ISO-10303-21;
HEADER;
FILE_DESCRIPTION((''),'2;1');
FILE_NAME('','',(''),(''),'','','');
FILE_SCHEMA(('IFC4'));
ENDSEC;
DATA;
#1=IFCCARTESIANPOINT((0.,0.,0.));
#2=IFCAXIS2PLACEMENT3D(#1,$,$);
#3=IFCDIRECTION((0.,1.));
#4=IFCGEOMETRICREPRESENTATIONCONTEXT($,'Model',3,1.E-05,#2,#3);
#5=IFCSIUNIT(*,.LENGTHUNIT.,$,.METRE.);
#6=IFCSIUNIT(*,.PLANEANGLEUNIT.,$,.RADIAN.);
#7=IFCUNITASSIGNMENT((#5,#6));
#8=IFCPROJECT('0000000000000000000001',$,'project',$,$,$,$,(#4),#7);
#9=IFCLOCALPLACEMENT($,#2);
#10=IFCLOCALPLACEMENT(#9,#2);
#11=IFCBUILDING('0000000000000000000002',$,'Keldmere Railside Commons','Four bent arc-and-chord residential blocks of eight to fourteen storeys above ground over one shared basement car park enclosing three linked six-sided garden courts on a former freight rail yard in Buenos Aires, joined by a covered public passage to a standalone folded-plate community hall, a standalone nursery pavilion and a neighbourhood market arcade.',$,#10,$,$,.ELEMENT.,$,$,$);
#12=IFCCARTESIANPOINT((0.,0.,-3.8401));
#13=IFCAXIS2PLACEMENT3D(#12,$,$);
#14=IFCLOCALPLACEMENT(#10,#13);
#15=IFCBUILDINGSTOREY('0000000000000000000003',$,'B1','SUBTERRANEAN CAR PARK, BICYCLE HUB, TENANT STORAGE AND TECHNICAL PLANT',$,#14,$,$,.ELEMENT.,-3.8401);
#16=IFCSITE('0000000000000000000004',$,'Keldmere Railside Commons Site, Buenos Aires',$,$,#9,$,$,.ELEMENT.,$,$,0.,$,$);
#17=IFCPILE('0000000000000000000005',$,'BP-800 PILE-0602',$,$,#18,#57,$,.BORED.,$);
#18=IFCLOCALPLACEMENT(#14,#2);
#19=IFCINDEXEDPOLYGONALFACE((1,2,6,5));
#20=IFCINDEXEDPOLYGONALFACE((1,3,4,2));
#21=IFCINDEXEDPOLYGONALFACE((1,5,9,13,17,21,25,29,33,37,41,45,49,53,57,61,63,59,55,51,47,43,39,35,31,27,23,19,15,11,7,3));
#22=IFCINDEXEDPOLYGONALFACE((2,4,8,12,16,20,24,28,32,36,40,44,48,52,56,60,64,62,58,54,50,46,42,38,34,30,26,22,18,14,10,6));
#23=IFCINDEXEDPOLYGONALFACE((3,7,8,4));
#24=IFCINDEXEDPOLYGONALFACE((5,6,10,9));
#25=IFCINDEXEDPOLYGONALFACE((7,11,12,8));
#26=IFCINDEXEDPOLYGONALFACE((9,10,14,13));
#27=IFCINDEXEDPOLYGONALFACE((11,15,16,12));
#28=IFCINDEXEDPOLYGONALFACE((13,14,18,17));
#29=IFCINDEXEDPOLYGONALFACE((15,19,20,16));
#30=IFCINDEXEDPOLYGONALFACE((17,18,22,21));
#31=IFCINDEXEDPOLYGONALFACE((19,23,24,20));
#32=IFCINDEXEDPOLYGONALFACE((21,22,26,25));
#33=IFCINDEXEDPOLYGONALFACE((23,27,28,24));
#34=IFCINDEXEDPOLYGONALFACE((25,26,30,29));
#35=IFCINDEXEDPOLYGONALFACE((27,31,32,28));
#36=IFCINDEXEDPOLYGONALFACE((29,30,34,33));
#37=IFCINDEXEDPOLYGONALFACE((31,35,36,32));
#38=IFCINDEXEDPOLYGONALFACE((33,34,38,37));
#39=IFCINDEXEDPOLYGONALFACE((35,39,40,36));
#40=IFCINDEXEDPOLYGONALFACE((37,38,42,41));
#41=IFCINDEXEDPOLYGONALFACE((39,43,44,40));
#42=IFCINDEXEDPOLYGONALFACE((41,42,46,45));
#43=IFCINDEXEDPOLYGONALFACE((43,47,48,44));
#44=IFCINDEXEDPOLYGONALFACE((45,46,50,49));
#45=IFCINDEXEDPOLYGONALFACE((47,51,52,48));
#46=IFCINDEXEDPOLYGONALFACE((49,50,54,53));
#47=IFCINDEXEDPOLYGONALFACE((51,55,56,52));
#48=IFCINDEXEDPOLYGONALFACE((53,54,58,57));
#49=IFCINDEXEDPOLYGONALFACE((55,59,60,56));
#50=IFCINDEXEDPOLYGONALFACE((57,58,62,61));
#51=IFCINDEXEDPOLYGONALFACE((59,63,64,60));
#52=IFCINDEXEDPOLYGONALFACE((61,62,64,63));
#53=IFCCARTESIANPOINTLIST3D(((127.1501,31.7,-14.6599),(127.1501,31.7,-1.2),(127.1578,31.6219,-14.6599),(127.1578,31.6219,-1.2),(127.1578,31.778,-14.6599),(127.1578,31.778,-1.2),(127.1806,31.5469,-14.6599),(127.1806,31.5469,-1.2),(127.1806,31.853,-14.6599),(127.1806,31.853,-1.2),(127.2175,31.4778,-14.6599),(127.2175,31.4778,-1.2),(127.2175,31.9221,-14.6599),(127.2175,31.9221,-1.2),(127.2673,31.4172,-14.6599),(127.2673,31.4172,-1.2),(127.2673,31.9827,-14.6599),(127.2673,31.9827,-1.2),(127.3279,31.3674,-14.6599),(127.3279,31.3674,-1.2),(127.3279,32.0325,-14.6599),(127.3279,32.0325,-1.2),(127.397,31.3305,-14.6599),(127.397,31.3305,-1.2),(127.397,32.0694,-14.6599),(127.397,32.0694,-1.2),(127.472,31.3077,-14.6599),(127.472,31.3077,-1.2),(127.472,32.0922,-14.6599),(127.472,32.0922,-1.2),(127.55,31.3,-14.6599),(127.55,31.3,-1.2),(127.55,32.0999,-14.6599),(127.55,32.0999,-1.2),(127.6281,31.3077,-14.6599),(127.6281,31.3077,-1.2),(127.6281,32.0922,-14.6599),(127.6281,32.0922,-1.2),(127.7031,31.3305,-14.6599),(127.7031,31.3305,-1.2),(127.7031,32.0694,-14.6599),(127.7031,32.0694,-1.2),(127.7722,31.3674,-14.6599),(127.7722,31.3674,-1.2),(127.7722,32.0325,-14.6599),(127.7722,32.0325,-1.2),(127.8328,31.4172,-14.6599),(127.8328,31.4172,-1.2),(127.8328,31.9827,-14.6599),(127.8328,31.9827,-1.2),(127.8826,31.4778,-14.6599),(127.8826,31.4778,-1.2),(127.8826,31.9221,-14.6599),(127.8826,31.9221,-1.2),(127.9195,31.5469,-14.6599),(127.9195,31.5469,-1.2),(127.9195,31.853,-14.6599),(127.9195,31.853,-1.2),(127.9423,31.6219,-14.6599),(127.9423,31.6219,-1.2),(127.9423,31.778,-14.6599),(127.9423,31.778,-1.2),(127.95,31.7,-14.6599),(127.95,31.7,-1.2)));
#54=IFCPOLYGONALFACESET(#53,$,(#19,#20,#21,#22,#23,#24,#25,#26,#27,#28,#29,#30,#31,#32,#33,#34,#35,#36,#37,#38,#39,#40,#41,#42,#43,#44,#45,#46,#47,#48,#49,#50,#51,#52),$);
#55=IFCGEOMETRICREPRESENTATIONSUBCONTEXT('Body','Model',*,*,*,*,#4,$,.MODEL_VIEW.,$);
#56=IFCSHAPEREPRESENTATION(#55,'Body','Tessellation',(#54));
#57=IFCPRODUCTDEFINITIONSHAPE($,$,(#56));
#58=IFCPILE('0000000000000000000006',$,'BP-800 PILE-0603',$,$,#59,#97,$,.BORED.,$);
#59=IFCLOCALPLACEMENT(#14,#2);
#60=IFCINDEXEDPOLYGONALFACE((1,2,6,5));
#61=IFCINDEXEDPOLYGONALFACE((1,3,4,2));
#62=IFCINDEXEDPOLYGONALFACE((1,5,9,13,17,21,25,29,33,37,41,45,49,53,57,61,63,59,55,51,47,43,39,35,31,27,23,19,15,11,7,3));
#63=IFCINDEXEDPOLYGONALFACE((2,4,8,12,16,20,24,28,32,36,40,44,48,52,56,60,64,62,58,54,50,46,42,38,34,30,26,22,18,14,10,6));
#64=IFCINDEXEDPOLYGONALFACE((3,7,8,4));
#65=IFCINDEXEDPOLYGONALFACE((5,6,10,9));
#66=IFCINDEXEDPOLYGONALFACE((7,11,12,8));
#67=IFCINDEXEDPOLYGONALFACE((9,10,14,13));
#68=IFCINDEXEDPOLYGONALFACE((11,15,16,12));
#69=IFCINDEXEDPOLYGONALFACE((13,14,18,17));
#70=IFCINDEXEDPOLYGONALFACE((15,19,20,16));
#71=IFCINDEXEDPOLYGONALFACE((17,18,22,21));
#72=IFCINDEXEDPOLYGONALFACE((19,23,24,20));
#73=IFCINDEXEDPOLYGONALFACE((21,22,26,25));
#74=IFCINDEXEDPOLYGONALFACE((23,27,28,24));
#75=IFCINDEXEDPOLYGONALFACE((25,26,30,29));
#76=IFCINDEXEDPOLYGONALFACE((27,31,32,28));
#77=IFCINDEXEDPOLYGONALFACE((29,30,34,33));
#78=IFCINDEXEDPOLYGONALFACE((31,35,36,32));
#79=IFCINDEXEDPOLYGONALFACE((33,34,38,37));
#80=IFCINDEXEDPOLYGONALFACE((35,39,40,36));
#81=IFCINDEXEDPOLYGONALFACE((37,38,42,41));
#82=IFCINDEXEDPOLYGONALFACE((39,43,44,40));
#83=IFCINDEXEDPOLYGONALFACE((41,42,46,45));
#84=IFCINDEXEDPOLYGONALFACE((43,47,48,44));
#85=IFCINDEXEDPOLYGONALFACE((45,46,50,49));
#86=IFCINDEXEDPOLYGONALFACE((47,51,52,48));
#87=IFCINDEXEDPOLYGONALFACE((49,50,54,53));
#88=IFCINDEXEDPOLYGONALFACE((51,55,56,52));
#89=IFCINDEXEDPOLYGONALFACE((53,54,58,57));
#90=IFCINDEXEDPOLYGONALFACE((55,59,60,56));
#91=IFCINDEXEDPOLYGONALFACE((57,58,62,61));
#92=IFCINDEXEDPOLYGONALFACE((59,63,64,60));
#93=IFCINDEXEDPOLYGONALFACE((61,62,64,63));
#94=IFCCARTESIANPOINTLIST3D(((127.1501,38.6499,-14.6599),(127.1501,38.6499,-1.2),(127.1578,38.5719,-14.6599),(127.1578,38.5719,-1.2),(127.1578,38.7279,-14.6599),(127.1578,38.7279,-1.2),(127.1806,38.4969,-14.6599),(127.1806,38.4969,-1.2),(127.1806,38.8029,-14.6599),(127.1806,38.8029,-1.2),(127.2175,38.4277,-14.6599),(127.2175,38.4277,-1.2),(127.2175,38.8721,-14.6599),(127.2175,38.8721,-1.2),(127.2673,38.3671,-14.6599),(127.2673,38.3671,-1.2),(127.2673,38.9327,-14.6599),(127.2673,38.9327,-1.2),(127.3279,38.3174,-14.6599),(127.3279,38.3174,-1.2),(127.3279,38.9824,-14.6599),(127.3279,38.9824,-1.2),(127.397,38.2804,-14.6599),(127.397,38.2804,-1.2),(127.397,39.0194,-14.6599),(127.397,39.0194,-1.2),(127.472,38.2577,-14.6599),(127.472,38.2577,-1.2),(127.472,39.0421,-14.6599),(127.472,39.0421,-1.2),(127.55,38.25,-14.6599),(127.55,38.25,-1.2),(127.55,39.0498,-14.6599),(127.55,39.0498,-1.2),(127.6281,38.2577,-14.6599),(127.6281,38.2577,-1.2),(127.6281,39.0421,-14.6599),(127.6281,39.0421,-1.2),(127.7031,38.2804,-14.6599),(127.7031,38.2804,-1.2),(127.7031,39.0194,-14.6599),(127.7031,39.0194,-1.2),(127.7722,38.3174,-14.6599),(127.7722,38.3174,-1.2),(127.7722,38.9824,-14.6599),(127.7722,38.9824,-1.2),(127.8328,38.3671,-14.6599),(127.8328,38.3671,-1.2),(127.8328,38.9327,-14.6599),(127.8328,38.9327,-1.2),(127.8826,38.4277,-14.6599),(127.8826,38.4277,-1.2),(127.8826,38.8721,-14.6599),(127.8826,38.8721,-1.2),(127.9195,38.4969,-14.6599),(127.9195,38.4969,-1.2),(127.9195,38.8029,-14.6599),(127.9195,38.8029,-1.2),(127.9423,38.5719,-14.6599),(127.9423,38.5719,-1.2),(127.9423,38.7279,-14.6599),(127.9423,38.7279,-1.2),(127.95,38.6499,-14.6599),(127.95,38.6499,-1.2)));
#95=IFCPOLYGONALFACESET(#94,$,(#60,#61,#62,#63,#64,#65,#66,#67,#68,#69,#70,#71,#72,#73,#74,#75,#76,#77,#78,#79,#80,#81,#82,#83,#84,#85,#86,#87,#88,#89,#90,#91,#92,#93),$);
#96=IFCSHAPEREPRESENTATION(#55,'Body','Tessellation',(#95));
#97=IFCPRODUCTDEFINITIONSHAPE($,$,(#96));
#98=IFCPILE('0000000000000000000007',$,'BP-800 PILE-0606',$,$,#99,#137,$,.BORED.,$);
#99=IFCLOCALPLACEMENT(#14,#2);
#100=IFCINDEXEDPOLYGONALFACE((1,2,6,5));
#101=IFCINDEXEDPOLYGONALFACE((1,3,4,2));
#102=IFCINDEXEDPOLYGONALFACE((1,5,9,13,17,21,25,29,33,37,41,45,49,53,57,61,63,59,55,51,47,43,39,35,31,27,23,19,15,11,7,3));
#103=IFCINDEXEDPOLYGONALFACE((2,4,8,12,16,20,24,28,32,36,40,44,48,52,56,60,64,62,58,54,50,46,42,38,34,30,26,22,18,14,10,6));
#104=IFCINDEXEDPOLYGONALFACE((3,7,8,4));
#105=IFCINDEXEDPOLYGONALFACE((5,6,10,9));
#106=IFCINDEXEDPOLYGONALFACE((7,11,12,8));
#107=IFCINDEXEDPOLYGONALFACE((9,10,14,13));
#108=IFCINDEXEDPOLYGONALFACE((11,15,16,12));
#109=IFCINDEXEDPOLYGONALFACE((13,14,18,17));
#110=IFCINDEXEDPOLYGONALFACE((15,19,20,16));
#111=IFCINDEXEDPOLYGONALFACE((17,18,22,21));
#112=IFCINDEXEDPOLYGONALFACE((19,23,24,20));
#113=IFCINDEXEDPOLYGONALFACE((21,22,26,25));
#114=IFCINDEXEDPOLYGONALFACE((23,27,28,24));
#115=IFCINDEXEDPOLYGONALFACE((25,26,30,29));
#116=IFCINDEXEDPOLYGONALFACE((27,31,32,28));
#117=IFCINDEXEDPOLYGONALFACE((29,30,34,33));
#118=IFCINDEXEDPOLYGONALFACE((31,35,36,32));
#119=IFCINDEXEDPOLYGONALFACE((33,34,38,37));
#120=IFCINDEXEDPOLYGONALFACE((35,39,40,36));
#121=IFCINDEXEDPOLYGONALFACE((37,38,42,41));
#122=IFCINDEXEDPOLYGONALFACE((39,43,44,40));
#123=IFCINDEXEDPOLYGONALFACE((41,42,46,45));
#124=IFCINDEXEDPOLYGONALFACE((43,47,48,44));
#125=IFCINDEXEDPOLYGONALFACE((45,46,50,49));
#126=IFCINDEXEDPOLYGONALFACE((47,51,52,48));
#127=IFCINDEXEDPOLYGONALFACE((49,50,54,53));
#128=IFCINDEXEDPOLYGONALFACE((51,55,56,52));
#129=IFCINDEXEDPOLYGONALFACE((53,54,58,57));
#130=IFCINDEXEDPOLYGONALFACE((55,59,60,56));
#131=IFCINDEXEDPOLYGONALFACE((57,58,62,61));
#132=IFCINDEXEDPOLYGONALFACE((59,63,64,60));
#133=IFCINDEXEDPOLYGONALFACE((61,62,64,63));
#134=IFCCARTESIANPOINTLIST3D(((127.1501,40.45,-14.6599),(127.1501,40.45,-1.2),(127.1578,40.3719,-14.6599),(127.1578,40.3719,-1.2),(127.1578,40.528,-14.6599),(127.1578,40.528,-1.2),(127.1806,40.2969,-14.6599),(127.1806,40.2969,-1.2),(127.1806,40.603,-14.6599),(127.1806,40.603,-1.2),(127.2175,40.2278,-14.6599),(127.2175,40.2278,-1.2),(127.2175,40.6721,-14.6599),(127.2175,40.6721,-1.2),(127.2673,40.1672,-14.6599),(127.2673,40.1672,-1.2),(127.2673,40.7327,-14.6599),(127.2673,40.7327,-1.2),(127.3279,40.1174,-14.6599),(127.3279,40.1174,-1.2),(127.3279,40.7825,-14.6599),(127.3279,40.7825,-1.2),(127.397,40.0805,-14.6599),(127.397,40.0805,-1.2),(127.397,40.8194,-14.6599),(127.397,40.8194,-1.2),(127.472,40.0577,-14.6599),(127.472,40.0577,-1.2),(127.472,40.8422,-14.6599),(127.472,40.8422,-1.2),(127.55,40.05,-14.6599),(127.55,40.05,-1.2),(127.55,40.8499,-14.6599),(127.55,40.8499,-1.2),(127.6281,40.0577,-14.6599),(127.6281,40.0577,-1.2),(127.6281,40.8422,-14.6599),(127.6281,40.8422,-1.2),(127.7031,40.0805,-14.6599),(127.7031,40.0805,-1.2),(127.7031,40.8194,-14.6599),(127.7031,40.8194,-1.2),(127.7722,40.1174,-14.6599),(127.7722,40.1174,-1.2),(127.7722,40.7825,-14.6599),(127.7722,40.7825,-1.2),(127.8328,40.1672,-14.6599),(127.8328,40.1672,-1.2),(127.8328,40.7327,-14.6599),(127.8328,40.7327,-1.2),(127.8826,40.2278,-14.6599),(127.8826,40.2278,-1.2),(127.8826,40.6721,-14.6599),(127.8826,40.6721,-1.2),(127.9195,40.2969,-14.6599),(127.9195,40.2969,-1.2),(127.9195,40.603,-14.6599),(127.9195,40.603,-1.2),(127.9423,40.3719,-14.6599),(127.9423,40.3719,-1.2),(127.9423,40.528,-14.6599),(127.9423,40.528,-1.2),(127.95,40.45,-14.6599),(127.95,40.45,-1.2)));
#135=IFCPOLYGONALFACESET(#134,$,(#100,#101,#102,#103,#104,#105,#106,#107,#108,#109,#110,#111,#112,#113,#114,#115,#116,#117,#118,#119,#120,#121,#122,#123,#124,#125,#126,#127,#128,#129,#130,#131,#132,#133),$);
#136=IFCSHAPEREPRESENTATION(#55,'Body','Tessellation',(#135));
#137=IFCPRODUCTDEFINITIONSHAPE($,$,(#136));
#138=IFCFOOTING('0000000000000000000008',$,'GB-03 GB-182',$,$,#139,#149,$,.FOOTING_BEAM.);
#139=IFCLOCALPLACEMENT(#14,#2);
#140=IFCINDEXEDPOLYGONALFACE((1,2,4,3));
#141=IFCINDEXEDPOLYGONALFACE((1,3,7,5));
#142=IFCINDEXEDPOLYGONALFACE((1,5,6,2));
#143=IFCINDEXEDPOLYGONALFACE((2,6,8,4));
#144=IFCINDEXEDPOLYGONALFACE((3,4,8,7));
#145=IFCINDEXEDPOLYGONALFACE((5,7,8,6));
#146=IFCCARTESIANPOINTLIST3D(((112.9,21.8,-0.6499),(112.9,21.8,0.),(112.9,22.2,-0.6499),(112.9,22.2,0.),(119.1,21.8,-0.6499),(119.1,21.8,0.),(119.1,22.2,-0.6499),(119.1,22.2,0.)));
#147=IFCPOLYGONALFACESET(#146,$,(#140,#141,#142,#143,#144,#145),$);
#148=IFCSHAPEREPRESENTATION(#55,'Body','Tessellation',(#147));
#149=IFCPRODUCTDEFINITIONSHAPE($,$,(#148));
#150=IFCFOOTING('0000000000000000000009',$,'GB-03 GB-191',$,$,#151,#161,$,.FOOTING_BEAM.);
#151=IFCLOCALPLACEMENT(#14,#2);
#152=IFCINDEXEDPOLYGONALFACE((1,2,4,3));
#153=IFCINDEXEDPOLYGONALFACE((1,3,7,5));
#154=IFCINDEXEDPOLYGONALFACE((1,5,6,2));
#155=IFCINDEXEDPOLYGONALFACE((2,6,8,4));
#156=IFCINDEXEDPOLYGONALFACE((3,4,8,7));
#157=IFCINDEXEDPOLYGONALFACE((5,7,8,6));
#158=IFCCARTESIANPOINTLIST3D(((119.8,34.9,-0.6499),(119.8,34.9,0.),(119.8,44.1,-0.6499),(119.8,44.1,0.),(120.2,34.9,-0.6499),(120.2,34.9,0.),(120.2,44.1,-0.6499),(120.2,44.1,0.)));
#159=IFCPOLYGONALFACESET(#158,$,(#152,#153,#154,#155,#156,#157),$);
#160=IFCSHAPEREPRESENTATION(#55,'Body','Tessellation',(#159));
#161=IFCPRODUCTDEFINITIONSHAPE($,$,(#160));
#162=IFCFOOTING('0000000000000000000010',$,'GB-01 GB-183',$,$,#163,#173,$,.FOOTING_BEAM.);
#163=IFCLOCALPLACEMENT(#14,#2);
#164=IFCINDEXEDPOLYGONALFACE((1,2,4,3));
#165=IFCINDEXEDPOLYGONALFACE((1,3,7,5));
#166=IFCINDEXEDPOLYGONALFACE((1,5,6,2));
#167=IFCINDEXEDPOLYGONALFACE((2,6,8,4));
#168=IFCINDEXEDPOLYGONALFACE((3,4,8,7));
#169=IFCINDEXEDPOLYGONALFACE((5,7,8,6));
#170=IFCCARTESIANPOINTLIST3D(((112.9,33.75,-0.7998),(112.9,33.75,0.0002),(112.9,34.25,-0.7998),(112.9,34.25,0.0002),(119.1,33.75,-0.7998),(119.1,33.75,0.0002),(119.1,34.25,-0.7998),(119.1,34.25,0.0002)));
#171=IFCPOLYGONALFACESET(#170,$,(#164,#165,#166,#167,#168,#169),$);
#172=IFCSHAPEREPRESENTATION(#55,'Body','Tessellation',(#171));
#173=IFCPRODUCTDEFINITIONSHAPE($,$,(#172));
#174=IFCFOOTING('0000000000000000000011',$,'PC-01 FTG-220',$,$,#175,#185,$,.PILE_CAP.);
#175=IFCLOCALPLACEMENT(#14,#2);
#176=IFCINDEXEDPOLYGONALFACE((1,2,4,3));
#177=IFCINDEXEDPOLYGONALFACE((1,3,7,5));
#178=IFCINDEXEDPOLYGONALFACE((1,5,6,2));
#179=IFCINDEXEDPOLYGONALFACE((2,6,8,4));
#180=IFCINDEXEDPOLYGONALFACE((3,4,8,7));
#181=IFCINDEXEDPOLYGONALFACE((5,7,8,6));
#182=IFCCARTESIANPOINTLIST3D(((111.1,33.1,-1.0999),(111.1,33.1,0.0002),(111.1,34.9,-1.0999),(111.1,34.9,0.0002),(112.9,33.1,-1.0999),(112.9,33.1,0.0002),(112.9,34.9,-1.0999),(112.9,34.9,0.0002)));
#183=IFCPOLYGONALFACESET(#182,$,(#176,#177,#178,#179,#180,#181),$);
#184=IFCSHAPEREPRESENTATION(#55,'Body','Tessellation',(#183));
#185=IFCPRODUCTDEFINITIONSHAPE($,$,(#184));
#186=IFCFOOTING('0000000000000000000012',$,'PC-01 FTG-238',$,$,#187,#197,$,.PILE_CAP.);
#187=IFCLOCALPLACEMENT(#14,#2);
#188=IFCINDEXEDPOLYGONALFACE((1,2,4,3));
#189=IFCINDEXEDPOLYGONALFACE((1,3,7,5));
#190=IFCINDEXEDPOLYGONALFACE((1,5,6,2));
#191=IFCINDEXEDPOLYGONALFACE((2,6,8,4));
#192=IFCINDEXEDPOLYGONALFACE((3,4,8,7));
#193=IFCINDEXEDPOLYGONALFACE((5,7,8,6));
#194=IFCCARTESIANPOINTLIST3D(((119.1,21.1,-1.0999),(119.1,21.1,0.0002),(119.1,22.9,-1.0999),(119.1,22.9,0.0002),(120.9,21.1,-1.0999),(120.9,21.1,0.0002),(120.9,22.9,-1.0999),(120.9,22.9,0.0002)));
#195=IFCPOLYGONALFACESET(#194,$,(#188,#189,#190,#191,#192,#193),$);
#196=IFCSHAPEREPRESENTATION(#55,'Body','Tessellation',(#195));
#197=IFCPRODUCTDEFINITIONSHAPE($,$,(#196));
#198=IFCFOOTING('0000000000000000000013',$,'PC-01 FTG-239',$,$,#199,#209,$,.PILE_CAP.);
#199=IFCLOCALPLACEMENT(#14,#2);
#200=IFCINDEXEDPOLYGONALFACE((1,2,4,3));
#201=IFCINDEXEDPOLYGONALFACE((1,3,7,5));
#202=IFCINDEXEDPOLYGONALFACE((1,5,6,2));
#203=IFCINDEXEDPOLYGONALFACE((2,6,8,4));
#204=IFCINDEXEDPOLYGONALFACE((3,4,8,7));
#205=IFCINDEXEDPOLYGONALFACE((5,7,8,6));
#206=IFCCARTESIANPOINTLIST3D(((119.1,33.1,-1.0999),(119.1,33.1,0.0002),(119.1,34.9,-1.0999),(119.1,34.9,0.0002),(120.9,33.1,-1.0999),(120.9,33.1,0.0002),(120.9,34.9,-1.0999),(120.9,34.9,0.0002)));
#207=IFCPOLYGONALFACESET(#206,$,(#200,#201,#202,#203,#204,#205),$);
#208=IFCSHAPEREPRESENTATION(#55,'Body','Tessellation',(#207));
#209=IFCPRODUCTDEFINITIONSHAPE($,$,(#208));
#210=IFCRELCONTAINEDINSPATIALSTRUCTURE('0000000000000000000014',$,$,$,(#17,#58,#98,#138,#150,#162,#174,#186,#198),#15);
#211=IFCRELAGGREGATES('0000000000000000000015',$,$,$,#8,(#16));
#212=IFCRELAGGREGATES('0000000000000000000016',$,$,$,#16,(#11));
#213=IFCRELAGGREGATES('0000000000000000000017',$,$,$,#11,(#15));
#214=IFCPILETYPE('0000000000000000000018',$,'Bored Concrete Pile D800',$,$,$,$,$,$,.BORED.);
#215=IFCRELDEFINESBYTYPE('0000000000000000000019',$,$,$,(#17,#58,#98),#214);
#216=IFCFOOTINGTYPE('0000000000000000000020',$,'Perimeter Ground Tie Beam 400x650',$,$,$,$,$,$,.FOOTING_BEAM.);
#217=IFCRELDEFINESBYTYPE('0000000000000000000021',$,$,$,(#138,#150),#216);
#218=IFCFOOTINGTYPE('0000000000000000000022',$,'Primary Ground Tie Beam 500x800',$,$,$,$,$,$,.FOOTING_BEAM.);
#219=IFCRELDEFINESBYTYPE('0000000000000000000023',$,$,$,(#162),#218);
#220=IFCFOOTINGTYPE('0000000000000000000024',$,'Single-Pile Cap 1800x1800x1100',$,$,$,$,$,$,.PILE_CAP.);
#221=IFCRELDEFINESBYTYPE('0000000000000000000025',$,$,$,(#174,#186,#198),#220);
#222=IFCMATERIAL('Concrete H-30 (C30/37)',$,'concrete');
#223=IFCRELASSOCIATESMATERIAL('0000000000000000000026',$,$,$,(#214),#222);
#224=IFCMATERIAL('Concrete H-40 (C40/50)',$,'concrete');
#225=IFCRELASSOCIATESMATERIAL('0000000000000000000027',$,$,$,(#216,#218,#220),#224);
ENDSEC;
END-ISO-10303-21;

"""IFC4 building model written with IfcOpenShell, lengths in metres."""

from ifc_helpers import new_model, si_unit, direction, frame, origin, origin_2d, place, context, subcontext, project, spatial, rectangle, circle, extrude, material, material_profile, profile_set, type_object, element, save


model = new_model("IFC4")

# Units and contexts
model_context = context("Model", 3, precision=1e-05, world=origin(), true_north=direction((0.0, 1.0)))
body_context = subcontext(model_context, "Body", "Model", "MODEL_VIEW")
ifc_project = project(units=[si_unit("LENGTHUNIT", "METRE"), si_unit("PLANEANGLEUNIT", "RADIAN")], contexts=[model_context])

# Site, building, storey
site_placement = place(None, origin())
site = spatial("IfcSite", under=ifc_project, at=site_placement, Name="Keldmere Railside Commons Site, Buenos Aires", CompositionType="ELEMENT", RefElevation=0.0)
building_placement = place(site_placement, origin())
building = spatial("IfcBuilding", under=site, at=building_placement, Name="Keldmere Railside Commons", Description="Four bent arc-and-chord residential blocks of eight to fourteen storeys above ground over one shared basement car park enclosing three linked six-sided garden courts on a former freight rail yard in Buenos Aires, joined by a covered public passage to a standalone folded-plate community hall, a standalone nursery pavilion and a neighbourhood market arcade.", CompositionType="ELEMENT")
storey_placement = place(building_placement, frame((0.0, 0.0, -3.8401)))
storey = spatial("IfcBuildingStorey", under=building, at=storey_placement, Name="B1", Description="SUBTERRANEAN CAR PARK, BICYCLE HUB, TENANT STORAGE AND TECHNICAL PLANT", CompositionType="ELEMENT", Elevation=-3.8401)

# Piles
ifc_material_1 = material(Name="Concrete H-30 (C30/37)", Category="concrete")
ifc_material_profile_1 = material_profile(ifc_material_1, circle(Radius=0.3999, at=origin_2d()), Name="PILE-D800")
ifc_profile_set_1 = profile_set([ifc_material_profile_1], Name="Concrete H-30 (C30/37)")
pile_type = type_object("IfcPileType", Name="Bored Concrete Pile D800", PredefinedType="BORED", material=ifc_profile_set_1)
for number, where, z_axis, x_axis, name in (
    (1, (127.55, 31.7, -1.2), (0.0, 0.0, -1.0), (1.0, 0.0, 0.0), "BP-800 PILE-0602"),
    (2, (127.55, 38.6499, -1.2), (0.0, 0.0, -1.0), (1.0, 0.0, 0.0), "BP-800 PILE-0603"),
    (3, (127.55, 40.45, -1.2), (0.0, 0.0, -1.0), (1.0, 0.0, 0.0), "BP-800 PILE-0606"),
):
    element("IfcPile", number, at=place(storey_placement, frame(where, z_axis=z_axis, x_axis=x_axis)), inside=storey, type_object=pile_type, Name=name, PredefinedType="BORED", context=body_context, shape_type="SweptSolid", body=[
        extrude(circle(Radius=0.3999, at=origin_2d()), origin(), (0.0, 0.0, 1.0), 13.46),
    ])

# Footings
ifc_material_2 = material(Name="Concrete H-40 (C40/50)", Category="concrete")
footing_type_1 = type_object("IfcFootingType", Name="Perimeter Ground Tie Beam 400x650", PredefinedType="FOOTING_BEAM", material=ifc_material_2)
footing_1_placement = place(storey_placement, frame((116.0, 22.0, -0.6499), z_axis=(0.0, 0.0, 1.0), x_axis=(1.0, 0.0, 0.0)))
element("IfcFooting", 4, at=footing_1_placement, inside=storey, type_object=footing_type_1, Name="GB-03 GB-182", PredefinedType="FOOTING_BEAM", context=body_context, shape_type="SweptSolid", body=[
    extrude(rectangle(XDim=6.2, YDim=0.3999, at=origin_2d()), origin(), (0.0, 0.0, 1.0), 0.6499),
])
footing_2_placement = place(storey_placement, frame((120.0, 39.5, -0.6499), z_axis=(0.0, 0.0, 1.0), x_axis=(0.0, 1.0, 0.0)))
element("IfcFooting", 5, at=footing_2_placement, inside=storey, type_object=footing_type_1, Name="GB-03 GB-191", PredefinedType="FOOTING_BEAM", context=body_context, shape_type="SweptSolid", body=[
    extrude(rectangle(XDim=9.2, YDim=0.3999, at=origin_2d()), origin(), (0.0, 0.0, 1.0), 0.6499),
])
footing_type_2 = type_object("IfcFootingType", Name="Primary Ground Tie Beam 500x800", PredefinedType="FOOTING_BEAM", material=ifc_material_2)
footing_3_placement = place(storey_placement, frame((116.0, 34.0, -0.7998), z_axis=(0.0, 0.0, 1.0), x_axis=(1.0, 0.0, 0.0)))
element("IfcFooting", 6, at=footing_3_placement, inside=storey, type_object=footing_type_2, Name="GB-01 GB-183", PredefinedType="FOOTING_BEAM", context=body_context, shape_type="SweptSolid", body=[
    extrude(rectangle(XDim=6.2, YDim=0.5, at=origin_2d()), origin(), (0.0, 0.0, 1.0), 0.8),
])
footing_type_3 = type_object("IfcFootingType", Name="Single-Pile Cap 1800x1800x1100", PredefinedType="PILE_CAP", material=ifc_material_2)
for number, where, z_axis, x_axis, name in (
    (7, (112.0, 34.0, -1.0999), (0.0, 0.0, 1.0), (1.0, 0.0, 0.0), "PC-01 FTG-220"),
    (8, (120.0, 22.0, -1.0999), (0.0, 0.0, 1.0), (1.0, 0.0, 0.0), "PC-01 FTG-238"),
    (9, (120.0, 34.0, -1.0999), (0.0, 0.0, 1.0), (1.0, 0.0, 0.0), "PC-01 FTG-239"),
):
    element("IfcFooting", number, at=place(storey_placement, frame(where, z_axis=z_axis, x_axis=x_axis)), inside=storey, type_object=footing_type_3, Name=name, PredefinedType="PILE_CAP", context=body_context, shape_type="SweptSolid", body=[
        extrude(rectangle(XDim=1.8, YDim=1.8, at=origin_2d()), origin(), (0.0, 0.0, 1.0), 1.1001),
    ])

save(model, "model.ifc")
